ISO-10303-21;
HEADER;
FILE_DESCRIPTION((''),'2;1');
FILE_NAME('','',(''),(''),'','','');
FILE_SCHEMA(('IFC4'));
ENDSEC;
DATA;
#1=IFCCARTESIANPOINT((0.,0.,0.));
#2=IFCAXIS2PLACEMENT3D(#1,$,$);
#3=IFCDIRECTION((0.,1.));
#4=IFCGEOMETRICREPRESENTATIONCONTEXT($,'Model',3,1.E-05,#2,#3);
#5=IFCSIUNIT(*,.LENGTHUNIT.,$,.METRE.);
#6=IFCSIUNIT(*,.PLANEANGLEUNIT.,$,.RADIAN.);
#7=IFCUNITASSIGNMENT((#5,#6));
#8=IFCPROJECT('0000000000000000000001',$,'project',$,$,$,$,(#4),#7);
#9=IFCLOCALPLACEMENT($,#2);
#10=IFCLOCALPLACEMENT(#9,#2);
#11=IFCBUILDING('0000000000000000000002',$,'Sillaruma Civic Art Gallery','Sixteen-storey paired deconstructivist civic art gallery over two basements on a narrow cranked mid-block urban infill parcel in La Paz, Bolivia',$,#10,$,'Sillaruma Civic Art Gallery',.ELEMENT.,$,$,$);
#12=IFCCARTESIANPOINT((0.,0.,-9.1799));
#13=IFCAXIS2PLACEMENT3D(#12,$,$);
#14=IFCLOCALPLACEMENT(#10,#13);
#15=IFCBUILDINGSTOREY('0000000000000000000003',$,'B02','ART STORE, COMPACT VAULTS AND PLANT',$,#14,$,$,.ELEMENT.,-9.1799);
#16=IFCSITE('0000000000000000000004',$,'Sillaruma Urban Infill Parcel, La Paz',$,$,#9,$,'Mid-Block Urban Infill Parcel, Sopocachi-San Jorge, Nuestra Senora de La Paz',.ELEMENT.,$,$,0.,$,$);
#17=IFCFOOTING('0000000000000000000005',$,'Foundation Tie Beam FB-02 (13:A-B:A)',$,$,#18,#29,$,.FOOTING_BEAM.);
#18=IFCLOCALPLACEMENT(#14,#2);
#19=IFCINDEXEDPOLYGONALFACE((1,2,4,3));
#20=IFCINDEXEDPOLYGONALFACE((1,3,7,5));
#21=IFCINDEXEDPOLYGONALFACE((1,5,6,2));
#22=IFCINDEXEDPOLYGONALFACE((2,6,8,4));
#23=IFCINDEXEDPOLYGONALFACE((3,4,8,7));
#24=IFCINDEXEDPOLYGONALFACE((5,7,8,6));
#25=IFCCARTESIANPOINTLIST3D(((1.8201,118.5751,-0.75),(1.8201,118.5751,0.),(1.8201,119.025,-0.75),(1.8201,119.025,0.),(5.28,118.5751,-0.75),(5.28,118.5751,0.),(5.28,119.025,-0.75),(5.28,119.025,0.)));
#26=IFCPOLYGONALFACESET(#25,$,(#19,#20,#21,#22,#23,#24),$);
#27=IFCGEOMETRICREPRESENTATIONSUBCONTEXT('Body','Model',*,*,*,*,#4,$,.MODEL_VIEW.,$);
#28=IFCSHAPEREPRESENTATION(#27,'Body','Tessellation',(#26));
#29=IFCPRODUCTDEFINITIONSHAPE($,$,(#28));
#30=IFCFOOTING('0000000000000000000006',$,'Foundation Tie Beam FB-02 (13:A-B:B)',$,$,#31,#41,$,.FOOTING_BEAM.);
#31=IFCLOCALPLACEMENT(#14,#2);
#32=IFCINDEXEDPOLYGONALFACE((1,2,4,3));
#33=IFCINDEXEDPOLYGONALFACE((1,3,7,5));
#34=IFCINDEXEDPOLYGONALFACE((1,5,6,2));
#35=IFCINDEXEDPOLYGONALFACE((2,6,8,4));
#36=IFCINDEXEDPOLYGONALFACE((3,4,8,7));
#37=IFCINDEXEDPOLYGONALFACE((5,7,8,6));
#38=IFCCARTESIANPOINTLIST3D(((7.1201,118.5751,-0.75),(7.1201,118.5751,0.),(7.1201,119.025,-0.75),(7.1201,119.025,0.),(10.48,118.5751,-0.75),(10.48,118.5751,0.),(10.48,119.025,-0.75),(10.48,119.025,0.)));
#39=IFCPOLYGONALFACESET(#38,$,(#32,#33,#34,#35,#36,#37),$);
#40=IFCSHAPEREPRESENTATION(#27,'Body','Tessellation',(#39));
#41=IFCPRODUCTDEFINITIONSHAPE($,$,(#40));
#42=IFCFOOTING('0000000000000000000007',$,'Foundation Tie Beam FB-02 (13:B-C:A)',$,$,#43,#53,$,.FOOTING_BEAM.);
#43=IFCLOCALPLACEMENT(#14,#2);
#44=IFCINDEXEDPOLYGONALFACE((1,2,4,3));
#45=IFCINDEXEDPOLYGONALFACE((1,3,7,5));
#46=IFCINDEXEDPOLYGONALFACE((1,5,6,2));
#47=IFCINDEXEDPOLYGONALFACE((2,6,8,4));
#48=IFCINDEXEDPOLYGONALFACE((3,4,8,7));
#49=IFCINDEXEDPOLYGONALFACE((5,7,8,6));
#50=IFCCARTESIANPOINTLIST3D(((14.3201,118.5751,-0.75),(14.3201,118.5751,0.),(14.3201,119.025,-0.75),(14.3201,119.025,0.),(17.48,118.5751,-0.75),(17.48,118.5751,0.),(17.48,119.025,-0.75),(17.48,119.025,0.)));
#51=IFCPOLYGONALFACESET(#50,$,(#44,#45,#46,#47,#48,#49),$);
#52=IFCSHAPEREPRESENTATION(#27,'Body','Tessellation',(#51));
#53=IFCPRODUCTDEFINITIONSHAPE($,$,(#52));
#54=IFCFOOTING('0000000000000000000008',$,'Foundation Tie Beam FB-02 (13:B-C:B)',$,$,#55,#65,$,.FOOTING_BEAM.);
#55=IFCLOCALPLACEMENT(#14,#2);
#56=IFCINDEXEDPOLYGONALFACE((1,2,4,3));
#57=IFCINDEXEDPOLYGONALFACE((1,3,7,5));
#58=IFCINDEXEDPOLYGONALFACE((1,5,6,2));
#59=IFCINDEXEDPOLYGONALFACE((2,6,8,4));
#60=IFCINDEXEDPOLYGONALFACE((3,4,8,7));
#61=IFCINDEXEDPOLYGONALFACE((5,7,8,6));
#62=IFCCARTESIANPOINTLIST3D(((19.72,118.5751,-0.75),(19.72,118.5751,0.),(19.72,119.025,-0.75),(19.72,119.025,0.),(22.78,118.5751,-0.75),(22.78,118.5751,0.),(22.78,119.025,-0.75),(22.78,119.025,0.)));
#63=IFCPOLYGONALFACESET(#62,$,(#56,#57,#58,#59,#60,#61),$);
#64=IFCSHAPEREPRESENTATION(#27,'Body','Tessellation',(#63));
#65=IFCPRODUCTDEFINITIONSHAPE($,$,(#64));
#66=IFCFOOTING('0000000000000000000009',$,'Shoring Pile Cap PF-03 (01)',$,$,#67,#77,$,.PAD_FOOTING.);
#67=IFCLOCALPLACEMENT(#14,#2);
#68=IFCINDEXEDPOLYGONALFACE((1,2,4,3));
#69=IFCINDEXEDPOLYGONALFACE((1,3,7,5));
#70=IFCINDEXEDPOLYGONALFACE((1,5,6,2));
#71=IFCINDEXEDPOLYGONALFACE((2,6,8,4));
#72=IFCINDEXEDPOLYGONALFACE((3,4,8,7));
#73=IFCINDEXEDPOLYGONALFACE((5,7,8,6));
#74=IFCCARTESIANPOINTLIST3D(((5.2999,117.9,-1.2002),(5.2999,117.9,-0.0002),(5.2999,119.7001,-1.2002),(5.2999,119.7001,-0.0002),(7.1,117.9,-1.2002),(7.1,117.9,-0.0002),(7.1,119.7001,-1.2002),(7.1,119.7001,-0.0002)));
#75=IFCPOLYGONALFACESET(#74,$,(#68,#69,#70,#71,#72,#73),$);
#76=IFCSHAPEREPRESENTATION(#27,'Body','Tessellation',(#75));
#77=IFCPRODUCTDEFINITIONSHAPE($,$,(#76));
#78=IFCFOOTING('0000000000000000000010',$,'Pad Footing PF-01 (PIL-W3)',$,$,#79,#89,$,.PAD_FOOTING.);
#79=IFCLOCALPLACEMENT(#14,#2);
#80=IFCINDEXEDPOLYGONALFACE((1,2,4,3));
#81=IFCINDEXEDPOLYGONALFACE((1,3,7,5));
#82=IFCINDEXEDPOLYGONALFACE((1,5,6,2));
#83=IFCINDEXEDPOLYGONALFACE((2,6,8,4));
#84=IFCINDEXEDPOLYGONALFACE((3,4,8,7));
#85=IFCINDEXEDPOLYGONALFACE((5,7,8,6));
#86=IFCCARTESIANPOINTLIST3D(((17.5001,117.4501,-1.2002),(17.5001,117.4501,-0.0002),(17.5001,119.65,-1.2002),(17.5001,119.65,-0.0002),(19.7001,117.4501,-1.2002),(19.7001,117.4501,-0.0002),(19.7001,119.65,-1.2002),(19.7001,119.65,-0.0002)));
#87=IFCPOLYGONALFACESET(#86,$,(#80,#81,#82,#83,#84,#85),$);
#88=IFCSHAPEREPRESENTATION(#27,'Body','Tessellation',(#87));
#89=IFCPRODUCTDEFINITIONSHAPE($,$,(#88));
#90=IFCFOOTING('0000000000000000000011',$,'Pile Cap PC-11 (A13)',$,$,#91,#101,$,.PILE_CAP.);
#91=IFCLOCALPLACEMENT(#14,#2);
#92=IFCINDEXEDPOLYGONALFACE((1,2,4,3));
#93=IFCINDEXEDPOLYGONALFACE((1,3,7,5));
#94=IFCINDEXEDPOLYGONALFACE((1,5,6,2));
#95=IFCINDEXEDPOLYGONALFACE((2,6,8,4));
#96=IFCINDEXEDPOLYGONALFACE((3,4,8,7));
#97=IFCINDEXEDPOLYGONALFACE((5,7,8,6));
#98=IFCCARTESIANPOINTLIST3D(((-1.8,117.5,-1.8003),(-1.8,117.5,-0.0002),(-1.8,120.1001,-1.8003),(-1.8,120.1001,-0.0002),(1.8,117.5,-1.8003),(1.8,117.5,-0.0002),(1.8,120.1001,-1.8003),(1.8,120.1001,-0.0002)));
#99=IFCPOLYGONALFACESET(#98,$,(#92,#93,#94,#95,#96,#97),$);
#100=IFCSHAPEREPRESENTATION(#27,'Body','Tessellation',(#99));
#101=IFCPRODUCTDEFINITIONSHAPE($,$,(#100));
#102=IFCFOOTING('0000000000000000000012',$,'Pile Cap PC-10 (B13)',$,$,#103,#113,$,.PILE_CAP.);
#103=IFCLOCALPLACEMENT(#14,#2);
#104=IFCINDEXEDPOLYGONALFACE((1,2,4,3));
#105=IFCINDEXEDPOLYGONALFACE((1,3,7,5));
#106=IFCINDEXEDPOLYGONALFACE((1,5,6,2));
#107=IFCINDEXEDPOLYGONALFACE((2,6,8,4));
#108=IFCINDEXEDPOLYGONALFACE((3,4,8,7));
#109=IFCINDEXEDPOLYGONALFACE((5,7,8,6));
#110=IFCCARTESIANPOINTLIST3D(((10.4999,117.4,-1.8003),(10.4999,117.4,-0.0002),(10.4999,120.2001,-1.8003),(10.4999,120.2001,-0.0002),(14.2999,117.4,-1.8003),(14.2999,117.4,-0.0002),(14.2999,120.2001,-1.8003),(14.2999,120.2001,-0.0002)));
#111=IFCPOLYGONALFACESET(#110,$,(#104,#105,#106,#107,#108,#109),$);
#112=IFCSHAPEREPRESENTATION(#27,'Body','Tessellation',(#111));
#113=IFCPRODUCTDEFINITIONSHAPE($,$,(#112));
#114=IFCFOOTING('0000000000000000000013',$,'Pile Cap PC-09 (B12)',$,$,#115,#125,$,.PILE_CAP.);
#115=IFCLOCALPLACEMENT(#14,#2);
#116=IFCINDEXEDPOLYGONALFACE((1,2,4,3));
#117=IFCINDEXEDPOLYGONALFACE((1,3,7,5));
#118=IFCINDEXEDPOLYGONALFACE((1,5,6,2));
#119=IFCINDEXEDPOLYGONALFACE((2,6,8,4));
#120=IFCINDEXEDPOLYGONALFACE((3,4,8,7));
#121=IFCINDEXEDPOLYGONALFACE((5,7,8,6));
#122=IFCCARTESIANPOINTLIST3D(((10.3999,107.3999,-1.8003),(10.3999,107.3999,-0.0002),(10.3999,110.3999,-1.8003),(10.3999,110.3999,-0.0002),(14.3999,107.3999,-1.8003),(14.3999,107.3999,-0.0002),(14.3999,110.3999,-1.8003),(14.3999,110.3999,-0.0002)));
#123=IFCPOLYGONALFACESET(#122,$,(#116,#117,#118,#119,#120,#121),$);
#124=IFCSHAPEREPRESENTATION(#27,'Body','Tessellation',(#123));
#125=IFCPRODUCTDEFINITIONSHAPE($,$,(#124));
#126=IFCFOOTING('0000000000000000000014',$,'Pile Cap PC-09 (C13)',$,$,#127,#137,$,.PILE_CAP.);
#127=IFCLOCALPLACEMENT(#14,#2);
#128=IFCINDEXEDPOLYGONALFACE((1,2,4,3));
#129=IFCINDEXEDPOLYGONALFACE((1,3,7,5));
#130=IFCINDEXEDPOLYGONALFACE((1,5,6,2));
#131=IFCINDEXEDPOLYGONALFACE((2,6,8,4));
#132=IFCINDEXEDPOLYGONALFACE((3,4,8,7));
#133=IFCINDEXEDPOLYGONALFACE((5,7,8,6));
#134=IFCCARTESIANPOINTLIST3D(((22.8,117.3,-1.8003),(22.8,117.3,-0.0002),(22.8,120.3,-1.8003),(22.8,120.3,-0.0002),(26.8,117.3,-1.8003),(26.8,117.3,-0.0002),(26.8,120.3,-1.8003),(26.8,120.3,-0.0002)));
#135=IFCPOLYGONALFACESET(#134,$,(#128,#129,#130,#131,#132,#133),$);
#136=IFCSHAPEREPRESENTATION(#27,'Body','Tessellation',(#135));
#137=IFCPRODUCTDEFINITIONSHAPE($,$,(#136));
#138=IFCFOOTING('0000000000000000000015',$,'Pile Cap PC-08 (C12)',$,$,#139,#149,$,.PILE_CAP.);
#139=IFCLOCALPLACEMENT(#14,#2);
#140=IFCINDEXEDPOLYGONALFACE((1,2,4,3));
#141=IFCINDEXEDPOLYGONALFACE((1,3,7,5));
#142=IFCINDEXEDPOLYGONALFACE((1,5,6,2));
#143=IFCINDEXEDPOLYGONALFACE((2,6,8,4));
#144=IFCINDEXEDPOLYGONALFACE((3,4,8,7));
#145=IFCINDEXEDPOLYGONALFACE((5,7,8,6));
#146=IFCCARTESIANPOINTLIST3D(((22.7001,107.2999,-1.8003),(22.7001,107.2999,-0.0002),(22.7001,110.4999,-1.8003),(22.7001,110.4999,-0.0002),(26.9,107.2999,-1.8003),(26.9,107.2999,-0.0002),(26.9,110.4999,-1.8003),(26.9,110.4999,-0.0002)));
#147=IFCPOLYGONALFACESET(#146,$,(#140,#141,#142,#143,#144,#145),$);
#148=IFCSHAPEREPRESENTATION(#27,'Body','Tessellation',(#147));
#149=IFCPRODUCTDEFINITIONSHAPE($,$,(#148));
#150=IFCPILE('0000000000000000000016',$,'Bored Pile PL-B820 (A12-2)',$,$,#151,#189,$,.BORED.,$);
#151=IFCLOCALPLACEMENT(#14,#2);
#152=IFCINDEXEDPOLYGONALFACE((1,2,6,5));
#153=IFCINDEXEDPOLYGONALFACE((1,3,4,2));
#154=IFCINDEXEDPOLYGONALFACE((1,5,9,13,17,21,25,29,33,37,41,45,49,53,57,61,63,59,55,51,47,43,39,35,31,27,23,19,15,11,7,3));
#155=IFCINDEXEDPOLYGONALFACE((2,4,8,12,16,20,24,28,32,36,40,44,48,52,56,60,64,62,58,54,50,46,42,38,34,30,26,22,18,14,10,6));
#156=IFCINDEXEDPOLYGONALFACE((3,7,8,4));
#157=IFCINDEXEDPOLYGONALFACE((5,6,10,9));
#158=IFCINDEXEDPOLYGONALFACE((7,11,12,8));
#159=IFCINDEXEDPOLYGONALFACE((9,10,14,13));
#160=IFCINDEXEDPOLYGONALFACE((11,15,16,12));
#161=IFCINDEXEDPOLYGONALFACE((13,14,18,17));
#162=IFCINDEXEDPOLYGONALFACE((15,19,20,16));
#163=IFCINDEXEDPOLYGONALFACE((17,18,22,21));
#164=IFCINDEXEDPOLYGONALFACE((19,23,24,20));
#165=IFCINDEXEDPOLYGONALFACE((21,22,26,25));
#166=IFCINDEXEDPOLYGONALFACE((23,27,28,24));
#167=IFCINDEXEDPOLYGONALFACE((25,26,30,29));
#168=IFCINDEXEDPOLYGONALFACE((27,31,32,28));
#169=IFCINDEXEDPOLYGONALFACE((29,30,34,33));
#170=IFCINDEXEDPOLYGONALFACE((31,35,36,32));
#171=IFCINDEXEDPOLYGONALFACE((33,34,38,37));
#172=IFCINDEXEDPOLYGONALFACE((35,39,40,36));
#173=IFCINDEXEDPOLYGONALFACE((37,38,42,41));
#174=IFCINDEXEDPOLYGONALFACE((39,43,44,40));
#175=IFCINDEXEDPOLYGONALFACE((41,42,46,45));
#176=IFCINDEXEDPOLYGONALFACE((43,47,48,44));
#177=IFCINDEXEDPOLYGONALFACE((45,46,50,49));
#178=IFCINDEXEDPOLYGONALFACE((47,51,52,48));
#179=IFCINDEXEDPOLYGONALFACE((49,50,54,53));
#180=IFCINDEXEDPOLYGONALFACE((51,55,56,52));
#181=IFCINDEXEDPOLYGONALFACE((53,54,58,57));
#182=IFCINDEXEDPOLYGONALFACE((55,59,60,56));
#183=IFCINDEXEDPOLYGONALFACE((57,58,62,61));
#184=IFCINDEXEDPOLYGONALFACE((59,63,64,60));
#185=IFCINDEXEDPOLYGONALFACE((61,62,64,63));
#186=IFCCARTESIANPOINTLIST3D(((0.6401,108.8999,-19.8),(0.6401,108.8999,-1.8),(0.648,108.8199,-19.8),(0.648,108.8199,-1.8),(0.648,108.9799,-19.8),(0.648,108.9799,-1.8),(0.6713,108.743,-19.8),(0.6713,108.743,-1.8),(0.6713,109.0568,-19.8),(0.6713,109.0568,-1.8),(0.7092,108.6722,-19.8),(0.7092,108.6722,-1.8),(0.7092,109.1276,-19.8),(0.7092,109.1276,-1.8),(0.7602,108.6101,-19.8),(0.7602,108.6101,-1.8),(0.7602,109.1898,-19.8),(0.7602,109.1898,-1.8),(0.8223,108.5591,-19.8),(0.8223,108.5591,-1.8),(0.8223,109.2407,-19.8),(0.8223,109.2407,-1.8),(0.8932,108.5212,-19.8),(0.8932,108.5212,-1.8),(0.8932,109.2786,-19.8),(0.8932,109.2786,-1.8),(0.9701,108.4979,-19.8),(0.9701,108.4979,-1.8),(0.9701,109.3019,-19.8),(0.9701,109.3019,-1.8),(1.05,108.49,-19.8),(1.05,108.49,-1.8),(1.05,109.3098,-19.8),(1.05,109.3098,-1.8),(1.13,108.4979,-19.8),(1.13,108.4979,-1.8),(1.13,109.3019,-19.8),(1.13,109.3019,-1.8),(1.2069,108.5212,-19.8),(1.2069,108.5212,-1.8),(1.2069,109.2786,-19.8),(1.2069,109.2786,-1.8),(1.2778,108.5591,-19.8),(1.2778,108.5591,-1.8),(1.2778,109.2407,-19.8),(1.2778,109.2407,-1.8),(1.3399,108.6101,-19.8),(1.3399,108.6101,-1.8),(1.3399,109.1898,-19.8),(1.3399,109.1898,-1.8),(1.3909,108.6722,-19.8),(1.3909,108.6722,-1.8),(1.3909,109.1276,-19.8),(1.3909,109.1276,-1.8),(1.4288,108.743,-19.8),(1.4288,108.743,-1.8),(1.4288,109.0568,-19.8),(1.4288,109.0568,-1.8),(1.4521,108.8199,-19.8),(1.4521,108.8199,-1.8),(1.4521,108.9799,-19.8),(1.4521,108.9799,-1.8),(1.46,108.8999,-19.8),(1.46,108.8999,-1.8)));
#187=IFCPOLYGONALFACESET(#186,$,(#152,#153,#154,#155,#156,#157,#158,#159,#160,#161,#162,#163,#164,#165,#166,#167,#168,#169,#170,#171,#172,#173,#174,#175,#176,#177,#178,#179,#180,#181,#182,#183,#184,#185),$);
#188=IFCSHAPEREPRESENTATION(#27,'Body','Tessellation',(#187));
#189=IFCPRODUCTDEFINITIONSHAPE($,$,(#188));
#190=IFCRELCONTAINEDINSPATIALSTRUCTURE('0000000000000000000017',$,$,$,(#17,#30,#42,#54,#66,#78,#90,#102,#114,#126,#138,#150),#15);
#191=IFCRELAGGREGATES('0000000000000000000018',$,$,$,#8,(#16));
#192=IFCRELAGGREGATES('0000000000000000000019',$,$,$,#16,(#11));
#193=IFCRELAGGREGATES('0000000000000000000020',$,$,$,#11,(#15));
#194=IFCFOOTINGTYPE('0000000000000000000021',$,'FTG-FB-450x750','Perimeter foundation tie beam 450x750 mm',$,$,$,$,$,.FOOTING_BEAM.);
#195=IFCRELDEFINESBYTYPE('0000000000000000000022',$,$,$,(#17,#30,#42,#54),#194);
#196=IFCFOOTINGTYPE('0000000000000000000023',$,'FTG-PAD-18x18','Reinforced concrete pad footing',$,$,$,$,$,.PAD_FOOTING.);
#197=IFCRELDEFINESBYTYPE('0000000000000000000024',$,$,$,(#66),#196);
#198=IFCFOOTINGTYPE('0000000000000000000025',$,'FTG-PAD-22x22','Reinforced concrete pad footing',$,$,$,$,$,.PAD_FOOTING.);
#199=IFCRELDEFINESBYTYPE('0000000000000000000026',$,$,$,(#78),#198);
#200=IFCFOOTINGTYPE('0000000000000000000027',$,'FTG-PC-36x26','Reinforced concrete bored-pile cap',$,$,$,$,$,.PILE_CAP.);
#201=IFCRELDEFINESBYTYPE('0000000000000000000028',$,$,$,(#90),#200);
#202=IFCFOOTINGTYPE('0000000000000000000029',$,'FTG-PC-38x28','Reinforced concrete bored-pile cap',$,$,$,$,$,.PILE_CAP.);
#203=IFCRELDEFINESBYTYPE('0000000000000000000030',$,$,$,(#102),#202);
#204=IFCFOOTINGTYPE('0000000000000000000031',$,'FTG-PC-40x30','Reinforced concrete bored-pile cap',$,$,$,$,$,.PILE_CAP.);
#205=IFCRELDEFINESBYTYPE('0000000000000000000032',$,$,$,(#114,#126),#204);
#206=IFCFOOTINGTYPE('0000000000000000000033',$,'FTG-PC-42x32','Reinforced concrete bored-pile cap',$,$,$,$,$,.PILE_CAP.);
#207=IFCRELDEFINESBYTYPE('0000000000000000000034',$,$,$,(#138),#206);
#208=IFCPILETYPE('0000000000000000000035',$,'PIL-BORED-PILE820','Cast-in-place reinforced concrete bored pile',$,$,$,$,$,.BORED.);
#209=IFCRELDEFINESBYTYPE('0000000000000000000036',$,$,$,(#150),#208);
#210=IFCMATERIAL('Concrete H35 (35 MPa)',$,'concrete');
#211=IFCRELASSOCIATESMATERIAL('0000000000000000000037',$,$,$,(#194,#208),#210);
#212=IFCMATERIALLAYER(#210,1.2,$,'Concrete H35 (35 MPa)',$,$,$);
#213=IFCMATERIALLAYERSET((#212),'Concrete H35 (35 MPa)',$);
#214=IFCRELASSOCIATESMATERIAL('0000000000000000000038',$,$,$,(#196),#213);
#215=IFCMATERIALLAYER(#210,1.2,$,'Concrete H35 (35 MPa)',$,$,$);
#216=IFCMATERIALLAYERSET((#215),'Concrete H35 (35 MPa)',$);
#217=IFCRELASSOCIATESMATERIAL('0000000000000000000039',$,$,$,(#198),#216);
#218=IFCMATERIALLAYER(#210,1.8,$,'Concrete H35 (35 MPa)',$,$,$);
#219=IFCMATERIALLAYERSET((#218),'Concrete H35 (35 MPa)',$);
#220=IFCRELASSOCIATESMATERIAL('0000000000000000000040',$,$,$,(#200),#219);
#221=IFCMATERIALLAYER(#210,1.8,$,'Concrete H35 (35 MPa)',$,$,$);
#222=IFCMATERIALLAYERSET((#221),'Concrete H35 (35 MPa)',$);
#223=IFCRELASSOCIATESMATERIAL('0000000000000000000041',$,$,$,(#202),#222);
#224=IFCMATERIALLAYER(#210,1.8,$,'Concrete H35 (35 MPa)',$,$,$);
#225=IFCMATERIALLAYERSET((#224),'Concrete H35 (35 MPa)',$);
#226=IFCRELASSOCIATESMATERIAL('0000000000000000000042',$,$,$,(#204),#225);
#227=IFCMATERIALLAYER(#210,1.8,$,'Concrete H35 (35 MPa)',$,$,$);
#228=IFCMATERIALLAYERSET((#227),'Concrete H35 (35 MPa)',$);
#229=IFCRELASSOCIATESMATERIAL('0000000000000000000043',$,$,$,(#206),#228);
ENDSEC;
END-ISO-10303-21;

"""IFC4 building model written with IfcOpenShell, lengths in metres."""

from ifc_helpers import new_model, si_unit, direction, frame, origin, origin_2d, place, context, subcontext, project, spatial, rectangle, circle, extrude, material, layer, layer_set, material_profile, profile_set, type_object, element, save


model = new_model("IFC4")

# Units and contexts
model_context = context("Model", 3, precision=1e-05, world=origin(), true_north=direction((0.0, 1.0)))
body_context = subcontext(model_context, "Body", "Model", "MODEL_VIEW")
ifc_project = project(units=[si_unit("LENGTHUNIT", "METRE"), si_unit("PLANEANGLEUNIT", "RADIAN")], contexts=[model_context])

# Site, building, storey
site_placement = place(None, origin())
site = spatial("IfcSite", under=ifc_project, at=site_placement, Name="Sillaruma Urban Infill Parcel, La Paz", LongName="Mid-Block Urban Infill Parcel, Sopocachi-San Jorge, Nuestra Senora de La Paz", CompositionType="ELEMENT", RefElevation=0.0)
building_placement = place(site_placement, origin())
building = spatial("IfcBuilding", under=site, at=building_placement, Name="Sillaruma Civic Art Gallery", Description="Sixteen-storey paired deconstructivist civic art gallery over two basements on a narrow cranked mid-block urban infill parcel in La Paz, Bolivia", LongName="Sillaruma Civic Art Gallery", CompositionType="ELEMENT")
storey_placement = place(building_placement, frame((0.0, 0.0, -9.1799)))
storey = spatial("IfcBuildingStorey", under=building, at=storey_placement, Name="B02", Description="ART STORE, COMPACT VAULTS AND PLANT", CompositionType="ELEMENT", Elevation=-9.1799)

# Footings
ifc_material_1 = material(Name="Concrete H35 (35 MPa)", Category="concrete")
ifc_material_profile_1 = material_profile(ifc_material_1, rectangle(XDim=0.45, YDim=0.75, at=origin_2d()), Name="RCB450x750")
ifc_profile_set_1 = profile_set([ifc_material_profile_1], Name="Concrete H35 (35 MPa)")
footing_type_1 = type_object("IfcFootingType", Name="FTG-FB-450x750", Description="Perimeter foundation tie beam 450x750 mm", PredefinedType="FOOTING_BEAM", material=ifc_profile_set_1)
footing_1_placement = place(storey_placement, frame((1.8201, 118.8, -0.375), z_axis=(1.0, 0.0, 0.0), x_axis=(0.0, 1.0, 0.0)))
element("IfcFooting", 1, at=footing_1_placement, inside=storey, type_object=footing_type_1, Name="Foundation Tie Beam FB-02 (13:A-B:A)", PredefinedType="FOOTING_BEAM", context=body_context, shape_type="SweptSolid", body=[
    extrude(rectangle(XDim=0.45, YDim=0.75, at=origin_2d()), origin(), (0.0, 0.0, 1.0), 3.46),
])
footing_2_placement = place(storey_placement, frame((7.1201, 118.8, -0.375), z_axis=(1.0, 0.0, 0.0), x_axis=(0.0, 1.0, 0.0)))
element("IfcFooting", 2, at=footing_2_placement, inside=storey, type_object=footing_type_1, Name="Foundation Tie Beam FB-02 (13:A-B:B)", PredefinedType="FOOTING_BEAM", context=body_context, shape_type="SweptSolid", body=[
    extrude(rectangle(XDim=0.45, YDim=0.75, at=origin_2d()), origin(), (0.0, 0.0, 1.0), 3.3599),
])
footing_3_placement = place(storey_placement, frame((14.3201, 118.8, -0.375), z_axis=(1.0, 0.0, 0.0), x_axis=(0.0, 1.0, 0.0)))
element("IfcFooting", 3, at=footing_3_placement, inside=storey, type_object=footing_type_1, Name="Foundation Tie Beam FB-02 (13:B-C:A)", PredefinedType="FOOTING_BEAM", context=body_context, shape_type="SweptSolid", body=[
    extrude(rectangle(XDim=0.45, YDim=0.75, at=origin_2d()), origin(), (0.0, 0.0, 1.0), 3.1599),
])
footing_4_placement = place(storey_placement, frame((19.72, 118.8, -0.375), z_axis=(1.0, 0.0, 0.0), x_axis=(0.0, 1.0, 0.0)))
element("IfcFooting", 4, at=footing_4_placement, inside=storey, type_object=footing_type_1, Name="Foundation Tie Beam FB-02 (13:B-C:B)", PredefinedType="FOOTING_BEAM", context=body_context, shape_type="SweptSolid", body=[
    extrude(rectangle(XDim=0.45, YDim=0.75, at=origin_2d()), origin(), (0.0, 0.0, 1.0), 3.0601),
])
ifc_layer_1 = layer(ifc_material_1, 1.2, Name="Concrete H35 (35 MPa)")
ifc_layer_set_1 = layer_set([ifc_layer_1], Name="Concrete H35 (35 MPa)")
footing_type_2 = type_object("IfcFootingType", Name="FTG-PAD-18x18", Description="Reinforced concrete pad footing", PredefinedType="PAD_FOOTING", material=ifc_layer_set_1)
footing_5_placement = place(storey_placement, frame((6.2, 118.8, -1.2002), z_axis=(0.0, 0.0, 1.0), x_axis=(1.0, 0.0, 0.0)))
element("IfcFooting", 5, at=footing_5_placement, inside=storey, type_object=footing_type_2, Name="Shoring Pile Cap PF-03 (01)", PredefinedType="PAD_FOOTING", context=body_context, shape_type="SweptSolid", body=[
    extrude(rectangle(XDim=1.8, YDim=1.8, at=origin_2d()), origin(), (0.0, 0.0, 1.0), 1.2),
])
ifc_layer_2 = layer(ifc_material_1, 1.2, Name="Concrete H35 (35 MPa)")
ifc_layer_set_2 = layer_set([ifc_layer_2], Name="Concrete H35 (35 MPa)")
footing_type_3 = type_object("IfcFootingType", Name="FTG-PAD-22x22", Description="Reinforced concrete pad footing", PredefinedType="PAD_FOOTING", material=ifc_layer_set_2)
footing_6_placement = place(storey_placement, frame((18.6001, 118.55, -1.2002), z_axis=(0.0, 0.0, 1.0), x_axis=(1.0, 0.0, 0.0)))
element("IfcFooting", 6, at=footing_6_placement, inside=storey, type_object=footing_type_3, Name="Pad Footing PF-01 (PIL-W3)", PredefinedType="PAD_FOOTING", context=body_context, shape_type="SweptSolid", body=[
    extrude(rectangle(XDim=2.2, YDim=2.2, at=origin_2d()), origin(), (0.0, 0.0, 1.0), 1.2),
])
ifc_layer_3 = layer(ifc_material_1, 1.8, Name="Concrete H35 (35 MPa)")
ifc_layer_set_3 = layer_set([ifc_layer_3], Name="Concrete H35 (35 MPa)")
footing_type_4 = type_object("IfcFootingType", Name="FTG-PC-36x26", Description="Reinforced concrete bored-pile cap", PredefinedType="PILE_CAP", material=ifc_layer_set_3)
footing_7_placement = place(storey_placement, frame((0.0, 118.8, -1.8003), z_axis=(0.0, 0.0, 1.0), x_axis=(1.0, 0.0, 0.0)))
element("IfcFooting", 7, at=footing_7_placement, inside=storey, type_object=footing_type_4, Name="Pile Cap PC-11 (A13)", PredefinedType="PILE_CAP", context=body_context, shape_type="SweptSolid", body=[
    extrude(rectangle(XDim=3.6001, YDim=2.6001, at=origin_2d()), origin(), (0.0, 0.0, 1.0), 1.8),
])
ifc_layer_4 = layer(ifc_material_1, 1.8, Name="Concrete H35 (35 MPa)")
ifc_layer_set_4 = layer_set([ifc_layer_4], Name="Concrete H35 (35 MPa)")
footing_type_5 = type_object("IfcFootingType", Name="FTG-PC-38x28", Description="Reinforced concrete bored-pile cap", PredefinedType="PILE_CAP", material=ifc_layer_set_4)
footing_8_placement = place(storey_placement, frame((12.3999, 118.8, -1.8003), z_axis=(0.0, 0.0, 1.0), x_axis=(1.0, 0.0, 0.0)))
element("IfcFooting", 8, at=footing_8_placement, inside=storey, type_object=footing_type_5, Name="Pile Cap PC-10 (B13)", PredefinedType="PILE_CAP", context=body_context, shape_type="SweptSolid", body=[
    extrude(rectangle(XDim=3.8, YDim=2.8, at=origin_2d()), origin(), (0.0, 0.0, 1.0), 1.8),
])
ifc_layer_5 = layer(ifc_material_1, 1.8, Name="Concrete H35 (35 MPa)")
ifc_layer_set_5 = layer_set([ifc_layer_5], Name="Concrete H35 (35 MPa)")
footing_type_6 = type_object("IfcFootingType", Name="FTG-PC-40x30", Description="Reinforced concrete bored-pile cap", PredefinedType="PILE_CAP", material=ifc_layer_set_5)
for number, where, z_axis, x_axis, name in (
    (9, (12.3999, 108.8999, -1.8003), (0.0, 0.0, 1.0), (1.0, 0.0, 0.0), "Pile Cap PC-09 (B12)"),
    (10, (24.8, 118.8, -1.8003), (0.0, 0.0, 1.0), (1.0, 0.0, 0.0), "Pile Cap PC-09 (C13)"),
):
    element("IfcFooting", number, at=place(storey_placement, frame(where, z_axis=z_axis, x_axis=x_axis)), inside=storey, type_object=footing_type_6, Name=name, PredefinedType="PILE_CAP", context=body_context, shape_type="SweptSolid", body=[
        extrude(rectangle(XDim=4.0, YDim=3.0, at=origin_2d()), origin(), (0.0, 0.0, 1.0), 1.8),
    ])
ifc_layer_6 = layer(ifc_material_1, 1.8, Name="Concrete H35 (35 MPa)")
ifc_layer_set_6 = layer_set([ifc_layer_6], Name="Concrete H35 (35 MPa)")
footing_type_7 = type_object("IfcFootingType", Name="FTG-PC-42x32", Description="Reinforced concrete bored-pile cap", PredefinedType="PILE_CAP", material=ifc_layer_set_6)
footing_9_placement = place(storey_placement, frame((24.8, 108.8999, -1.8003), z_axis=(0.0, 0.0, 1.0), x_axis=(1.0, 0.0, 0.0)))
element("IfcFooting", 11, at=footing_9_placement, inside=storey, type_object=footing_type_7, Name="Pile Cap PC-08 (C12)", PredefinedType="PILE_CAP", context=body_context, shape_type="SweptSolid", body=[
    extrude(rectangle(XDim=4.2, YDim=3.2, at=origin_2d()), origin(), (0.0, 0.0, 1.0), 1.8),
])

# Pile
ifc_material_profile_2 = material_profile(ifc_material_1, circle(Radius=0.4099, at=origin_2d()), Name="PILE820")
ifc_profile_set_2 = profile_set([ifc_material_profile_2], Name="Concrete H35 (35 MPa)")
pile_type_1 = type_object("IfcPileType", Name="PIL-BORED-PILE820", Description="Cast-in-place reinforced concrete bored pile", PredefinedType="BORED", material=ifc_profile_set_2)
for number, where, z_axis, x_axis, name in (
    (12, (1.05, 108.8999, -1.8), (0.0, 0.0, -1.0), (1.0, 0.0, 0.0), "Bored Pile PL-B820 (A12-2)"),
):
    element("IfcPile", number, at=place(storey_placement, frame(where, z_axis=z_axis, x_axis=x_axis)), inside=storey, type_object=pile_type_1, Name=name, PredefinedType="BORED", context=body_context, shape_type="SweptSolid", body=[
        extrude(circle(Radius=0.4099, at=origin_2d()), origin(), (0.0, 0.0, 1.0), 18.0),
    ])

save(model, "model.ifc")
